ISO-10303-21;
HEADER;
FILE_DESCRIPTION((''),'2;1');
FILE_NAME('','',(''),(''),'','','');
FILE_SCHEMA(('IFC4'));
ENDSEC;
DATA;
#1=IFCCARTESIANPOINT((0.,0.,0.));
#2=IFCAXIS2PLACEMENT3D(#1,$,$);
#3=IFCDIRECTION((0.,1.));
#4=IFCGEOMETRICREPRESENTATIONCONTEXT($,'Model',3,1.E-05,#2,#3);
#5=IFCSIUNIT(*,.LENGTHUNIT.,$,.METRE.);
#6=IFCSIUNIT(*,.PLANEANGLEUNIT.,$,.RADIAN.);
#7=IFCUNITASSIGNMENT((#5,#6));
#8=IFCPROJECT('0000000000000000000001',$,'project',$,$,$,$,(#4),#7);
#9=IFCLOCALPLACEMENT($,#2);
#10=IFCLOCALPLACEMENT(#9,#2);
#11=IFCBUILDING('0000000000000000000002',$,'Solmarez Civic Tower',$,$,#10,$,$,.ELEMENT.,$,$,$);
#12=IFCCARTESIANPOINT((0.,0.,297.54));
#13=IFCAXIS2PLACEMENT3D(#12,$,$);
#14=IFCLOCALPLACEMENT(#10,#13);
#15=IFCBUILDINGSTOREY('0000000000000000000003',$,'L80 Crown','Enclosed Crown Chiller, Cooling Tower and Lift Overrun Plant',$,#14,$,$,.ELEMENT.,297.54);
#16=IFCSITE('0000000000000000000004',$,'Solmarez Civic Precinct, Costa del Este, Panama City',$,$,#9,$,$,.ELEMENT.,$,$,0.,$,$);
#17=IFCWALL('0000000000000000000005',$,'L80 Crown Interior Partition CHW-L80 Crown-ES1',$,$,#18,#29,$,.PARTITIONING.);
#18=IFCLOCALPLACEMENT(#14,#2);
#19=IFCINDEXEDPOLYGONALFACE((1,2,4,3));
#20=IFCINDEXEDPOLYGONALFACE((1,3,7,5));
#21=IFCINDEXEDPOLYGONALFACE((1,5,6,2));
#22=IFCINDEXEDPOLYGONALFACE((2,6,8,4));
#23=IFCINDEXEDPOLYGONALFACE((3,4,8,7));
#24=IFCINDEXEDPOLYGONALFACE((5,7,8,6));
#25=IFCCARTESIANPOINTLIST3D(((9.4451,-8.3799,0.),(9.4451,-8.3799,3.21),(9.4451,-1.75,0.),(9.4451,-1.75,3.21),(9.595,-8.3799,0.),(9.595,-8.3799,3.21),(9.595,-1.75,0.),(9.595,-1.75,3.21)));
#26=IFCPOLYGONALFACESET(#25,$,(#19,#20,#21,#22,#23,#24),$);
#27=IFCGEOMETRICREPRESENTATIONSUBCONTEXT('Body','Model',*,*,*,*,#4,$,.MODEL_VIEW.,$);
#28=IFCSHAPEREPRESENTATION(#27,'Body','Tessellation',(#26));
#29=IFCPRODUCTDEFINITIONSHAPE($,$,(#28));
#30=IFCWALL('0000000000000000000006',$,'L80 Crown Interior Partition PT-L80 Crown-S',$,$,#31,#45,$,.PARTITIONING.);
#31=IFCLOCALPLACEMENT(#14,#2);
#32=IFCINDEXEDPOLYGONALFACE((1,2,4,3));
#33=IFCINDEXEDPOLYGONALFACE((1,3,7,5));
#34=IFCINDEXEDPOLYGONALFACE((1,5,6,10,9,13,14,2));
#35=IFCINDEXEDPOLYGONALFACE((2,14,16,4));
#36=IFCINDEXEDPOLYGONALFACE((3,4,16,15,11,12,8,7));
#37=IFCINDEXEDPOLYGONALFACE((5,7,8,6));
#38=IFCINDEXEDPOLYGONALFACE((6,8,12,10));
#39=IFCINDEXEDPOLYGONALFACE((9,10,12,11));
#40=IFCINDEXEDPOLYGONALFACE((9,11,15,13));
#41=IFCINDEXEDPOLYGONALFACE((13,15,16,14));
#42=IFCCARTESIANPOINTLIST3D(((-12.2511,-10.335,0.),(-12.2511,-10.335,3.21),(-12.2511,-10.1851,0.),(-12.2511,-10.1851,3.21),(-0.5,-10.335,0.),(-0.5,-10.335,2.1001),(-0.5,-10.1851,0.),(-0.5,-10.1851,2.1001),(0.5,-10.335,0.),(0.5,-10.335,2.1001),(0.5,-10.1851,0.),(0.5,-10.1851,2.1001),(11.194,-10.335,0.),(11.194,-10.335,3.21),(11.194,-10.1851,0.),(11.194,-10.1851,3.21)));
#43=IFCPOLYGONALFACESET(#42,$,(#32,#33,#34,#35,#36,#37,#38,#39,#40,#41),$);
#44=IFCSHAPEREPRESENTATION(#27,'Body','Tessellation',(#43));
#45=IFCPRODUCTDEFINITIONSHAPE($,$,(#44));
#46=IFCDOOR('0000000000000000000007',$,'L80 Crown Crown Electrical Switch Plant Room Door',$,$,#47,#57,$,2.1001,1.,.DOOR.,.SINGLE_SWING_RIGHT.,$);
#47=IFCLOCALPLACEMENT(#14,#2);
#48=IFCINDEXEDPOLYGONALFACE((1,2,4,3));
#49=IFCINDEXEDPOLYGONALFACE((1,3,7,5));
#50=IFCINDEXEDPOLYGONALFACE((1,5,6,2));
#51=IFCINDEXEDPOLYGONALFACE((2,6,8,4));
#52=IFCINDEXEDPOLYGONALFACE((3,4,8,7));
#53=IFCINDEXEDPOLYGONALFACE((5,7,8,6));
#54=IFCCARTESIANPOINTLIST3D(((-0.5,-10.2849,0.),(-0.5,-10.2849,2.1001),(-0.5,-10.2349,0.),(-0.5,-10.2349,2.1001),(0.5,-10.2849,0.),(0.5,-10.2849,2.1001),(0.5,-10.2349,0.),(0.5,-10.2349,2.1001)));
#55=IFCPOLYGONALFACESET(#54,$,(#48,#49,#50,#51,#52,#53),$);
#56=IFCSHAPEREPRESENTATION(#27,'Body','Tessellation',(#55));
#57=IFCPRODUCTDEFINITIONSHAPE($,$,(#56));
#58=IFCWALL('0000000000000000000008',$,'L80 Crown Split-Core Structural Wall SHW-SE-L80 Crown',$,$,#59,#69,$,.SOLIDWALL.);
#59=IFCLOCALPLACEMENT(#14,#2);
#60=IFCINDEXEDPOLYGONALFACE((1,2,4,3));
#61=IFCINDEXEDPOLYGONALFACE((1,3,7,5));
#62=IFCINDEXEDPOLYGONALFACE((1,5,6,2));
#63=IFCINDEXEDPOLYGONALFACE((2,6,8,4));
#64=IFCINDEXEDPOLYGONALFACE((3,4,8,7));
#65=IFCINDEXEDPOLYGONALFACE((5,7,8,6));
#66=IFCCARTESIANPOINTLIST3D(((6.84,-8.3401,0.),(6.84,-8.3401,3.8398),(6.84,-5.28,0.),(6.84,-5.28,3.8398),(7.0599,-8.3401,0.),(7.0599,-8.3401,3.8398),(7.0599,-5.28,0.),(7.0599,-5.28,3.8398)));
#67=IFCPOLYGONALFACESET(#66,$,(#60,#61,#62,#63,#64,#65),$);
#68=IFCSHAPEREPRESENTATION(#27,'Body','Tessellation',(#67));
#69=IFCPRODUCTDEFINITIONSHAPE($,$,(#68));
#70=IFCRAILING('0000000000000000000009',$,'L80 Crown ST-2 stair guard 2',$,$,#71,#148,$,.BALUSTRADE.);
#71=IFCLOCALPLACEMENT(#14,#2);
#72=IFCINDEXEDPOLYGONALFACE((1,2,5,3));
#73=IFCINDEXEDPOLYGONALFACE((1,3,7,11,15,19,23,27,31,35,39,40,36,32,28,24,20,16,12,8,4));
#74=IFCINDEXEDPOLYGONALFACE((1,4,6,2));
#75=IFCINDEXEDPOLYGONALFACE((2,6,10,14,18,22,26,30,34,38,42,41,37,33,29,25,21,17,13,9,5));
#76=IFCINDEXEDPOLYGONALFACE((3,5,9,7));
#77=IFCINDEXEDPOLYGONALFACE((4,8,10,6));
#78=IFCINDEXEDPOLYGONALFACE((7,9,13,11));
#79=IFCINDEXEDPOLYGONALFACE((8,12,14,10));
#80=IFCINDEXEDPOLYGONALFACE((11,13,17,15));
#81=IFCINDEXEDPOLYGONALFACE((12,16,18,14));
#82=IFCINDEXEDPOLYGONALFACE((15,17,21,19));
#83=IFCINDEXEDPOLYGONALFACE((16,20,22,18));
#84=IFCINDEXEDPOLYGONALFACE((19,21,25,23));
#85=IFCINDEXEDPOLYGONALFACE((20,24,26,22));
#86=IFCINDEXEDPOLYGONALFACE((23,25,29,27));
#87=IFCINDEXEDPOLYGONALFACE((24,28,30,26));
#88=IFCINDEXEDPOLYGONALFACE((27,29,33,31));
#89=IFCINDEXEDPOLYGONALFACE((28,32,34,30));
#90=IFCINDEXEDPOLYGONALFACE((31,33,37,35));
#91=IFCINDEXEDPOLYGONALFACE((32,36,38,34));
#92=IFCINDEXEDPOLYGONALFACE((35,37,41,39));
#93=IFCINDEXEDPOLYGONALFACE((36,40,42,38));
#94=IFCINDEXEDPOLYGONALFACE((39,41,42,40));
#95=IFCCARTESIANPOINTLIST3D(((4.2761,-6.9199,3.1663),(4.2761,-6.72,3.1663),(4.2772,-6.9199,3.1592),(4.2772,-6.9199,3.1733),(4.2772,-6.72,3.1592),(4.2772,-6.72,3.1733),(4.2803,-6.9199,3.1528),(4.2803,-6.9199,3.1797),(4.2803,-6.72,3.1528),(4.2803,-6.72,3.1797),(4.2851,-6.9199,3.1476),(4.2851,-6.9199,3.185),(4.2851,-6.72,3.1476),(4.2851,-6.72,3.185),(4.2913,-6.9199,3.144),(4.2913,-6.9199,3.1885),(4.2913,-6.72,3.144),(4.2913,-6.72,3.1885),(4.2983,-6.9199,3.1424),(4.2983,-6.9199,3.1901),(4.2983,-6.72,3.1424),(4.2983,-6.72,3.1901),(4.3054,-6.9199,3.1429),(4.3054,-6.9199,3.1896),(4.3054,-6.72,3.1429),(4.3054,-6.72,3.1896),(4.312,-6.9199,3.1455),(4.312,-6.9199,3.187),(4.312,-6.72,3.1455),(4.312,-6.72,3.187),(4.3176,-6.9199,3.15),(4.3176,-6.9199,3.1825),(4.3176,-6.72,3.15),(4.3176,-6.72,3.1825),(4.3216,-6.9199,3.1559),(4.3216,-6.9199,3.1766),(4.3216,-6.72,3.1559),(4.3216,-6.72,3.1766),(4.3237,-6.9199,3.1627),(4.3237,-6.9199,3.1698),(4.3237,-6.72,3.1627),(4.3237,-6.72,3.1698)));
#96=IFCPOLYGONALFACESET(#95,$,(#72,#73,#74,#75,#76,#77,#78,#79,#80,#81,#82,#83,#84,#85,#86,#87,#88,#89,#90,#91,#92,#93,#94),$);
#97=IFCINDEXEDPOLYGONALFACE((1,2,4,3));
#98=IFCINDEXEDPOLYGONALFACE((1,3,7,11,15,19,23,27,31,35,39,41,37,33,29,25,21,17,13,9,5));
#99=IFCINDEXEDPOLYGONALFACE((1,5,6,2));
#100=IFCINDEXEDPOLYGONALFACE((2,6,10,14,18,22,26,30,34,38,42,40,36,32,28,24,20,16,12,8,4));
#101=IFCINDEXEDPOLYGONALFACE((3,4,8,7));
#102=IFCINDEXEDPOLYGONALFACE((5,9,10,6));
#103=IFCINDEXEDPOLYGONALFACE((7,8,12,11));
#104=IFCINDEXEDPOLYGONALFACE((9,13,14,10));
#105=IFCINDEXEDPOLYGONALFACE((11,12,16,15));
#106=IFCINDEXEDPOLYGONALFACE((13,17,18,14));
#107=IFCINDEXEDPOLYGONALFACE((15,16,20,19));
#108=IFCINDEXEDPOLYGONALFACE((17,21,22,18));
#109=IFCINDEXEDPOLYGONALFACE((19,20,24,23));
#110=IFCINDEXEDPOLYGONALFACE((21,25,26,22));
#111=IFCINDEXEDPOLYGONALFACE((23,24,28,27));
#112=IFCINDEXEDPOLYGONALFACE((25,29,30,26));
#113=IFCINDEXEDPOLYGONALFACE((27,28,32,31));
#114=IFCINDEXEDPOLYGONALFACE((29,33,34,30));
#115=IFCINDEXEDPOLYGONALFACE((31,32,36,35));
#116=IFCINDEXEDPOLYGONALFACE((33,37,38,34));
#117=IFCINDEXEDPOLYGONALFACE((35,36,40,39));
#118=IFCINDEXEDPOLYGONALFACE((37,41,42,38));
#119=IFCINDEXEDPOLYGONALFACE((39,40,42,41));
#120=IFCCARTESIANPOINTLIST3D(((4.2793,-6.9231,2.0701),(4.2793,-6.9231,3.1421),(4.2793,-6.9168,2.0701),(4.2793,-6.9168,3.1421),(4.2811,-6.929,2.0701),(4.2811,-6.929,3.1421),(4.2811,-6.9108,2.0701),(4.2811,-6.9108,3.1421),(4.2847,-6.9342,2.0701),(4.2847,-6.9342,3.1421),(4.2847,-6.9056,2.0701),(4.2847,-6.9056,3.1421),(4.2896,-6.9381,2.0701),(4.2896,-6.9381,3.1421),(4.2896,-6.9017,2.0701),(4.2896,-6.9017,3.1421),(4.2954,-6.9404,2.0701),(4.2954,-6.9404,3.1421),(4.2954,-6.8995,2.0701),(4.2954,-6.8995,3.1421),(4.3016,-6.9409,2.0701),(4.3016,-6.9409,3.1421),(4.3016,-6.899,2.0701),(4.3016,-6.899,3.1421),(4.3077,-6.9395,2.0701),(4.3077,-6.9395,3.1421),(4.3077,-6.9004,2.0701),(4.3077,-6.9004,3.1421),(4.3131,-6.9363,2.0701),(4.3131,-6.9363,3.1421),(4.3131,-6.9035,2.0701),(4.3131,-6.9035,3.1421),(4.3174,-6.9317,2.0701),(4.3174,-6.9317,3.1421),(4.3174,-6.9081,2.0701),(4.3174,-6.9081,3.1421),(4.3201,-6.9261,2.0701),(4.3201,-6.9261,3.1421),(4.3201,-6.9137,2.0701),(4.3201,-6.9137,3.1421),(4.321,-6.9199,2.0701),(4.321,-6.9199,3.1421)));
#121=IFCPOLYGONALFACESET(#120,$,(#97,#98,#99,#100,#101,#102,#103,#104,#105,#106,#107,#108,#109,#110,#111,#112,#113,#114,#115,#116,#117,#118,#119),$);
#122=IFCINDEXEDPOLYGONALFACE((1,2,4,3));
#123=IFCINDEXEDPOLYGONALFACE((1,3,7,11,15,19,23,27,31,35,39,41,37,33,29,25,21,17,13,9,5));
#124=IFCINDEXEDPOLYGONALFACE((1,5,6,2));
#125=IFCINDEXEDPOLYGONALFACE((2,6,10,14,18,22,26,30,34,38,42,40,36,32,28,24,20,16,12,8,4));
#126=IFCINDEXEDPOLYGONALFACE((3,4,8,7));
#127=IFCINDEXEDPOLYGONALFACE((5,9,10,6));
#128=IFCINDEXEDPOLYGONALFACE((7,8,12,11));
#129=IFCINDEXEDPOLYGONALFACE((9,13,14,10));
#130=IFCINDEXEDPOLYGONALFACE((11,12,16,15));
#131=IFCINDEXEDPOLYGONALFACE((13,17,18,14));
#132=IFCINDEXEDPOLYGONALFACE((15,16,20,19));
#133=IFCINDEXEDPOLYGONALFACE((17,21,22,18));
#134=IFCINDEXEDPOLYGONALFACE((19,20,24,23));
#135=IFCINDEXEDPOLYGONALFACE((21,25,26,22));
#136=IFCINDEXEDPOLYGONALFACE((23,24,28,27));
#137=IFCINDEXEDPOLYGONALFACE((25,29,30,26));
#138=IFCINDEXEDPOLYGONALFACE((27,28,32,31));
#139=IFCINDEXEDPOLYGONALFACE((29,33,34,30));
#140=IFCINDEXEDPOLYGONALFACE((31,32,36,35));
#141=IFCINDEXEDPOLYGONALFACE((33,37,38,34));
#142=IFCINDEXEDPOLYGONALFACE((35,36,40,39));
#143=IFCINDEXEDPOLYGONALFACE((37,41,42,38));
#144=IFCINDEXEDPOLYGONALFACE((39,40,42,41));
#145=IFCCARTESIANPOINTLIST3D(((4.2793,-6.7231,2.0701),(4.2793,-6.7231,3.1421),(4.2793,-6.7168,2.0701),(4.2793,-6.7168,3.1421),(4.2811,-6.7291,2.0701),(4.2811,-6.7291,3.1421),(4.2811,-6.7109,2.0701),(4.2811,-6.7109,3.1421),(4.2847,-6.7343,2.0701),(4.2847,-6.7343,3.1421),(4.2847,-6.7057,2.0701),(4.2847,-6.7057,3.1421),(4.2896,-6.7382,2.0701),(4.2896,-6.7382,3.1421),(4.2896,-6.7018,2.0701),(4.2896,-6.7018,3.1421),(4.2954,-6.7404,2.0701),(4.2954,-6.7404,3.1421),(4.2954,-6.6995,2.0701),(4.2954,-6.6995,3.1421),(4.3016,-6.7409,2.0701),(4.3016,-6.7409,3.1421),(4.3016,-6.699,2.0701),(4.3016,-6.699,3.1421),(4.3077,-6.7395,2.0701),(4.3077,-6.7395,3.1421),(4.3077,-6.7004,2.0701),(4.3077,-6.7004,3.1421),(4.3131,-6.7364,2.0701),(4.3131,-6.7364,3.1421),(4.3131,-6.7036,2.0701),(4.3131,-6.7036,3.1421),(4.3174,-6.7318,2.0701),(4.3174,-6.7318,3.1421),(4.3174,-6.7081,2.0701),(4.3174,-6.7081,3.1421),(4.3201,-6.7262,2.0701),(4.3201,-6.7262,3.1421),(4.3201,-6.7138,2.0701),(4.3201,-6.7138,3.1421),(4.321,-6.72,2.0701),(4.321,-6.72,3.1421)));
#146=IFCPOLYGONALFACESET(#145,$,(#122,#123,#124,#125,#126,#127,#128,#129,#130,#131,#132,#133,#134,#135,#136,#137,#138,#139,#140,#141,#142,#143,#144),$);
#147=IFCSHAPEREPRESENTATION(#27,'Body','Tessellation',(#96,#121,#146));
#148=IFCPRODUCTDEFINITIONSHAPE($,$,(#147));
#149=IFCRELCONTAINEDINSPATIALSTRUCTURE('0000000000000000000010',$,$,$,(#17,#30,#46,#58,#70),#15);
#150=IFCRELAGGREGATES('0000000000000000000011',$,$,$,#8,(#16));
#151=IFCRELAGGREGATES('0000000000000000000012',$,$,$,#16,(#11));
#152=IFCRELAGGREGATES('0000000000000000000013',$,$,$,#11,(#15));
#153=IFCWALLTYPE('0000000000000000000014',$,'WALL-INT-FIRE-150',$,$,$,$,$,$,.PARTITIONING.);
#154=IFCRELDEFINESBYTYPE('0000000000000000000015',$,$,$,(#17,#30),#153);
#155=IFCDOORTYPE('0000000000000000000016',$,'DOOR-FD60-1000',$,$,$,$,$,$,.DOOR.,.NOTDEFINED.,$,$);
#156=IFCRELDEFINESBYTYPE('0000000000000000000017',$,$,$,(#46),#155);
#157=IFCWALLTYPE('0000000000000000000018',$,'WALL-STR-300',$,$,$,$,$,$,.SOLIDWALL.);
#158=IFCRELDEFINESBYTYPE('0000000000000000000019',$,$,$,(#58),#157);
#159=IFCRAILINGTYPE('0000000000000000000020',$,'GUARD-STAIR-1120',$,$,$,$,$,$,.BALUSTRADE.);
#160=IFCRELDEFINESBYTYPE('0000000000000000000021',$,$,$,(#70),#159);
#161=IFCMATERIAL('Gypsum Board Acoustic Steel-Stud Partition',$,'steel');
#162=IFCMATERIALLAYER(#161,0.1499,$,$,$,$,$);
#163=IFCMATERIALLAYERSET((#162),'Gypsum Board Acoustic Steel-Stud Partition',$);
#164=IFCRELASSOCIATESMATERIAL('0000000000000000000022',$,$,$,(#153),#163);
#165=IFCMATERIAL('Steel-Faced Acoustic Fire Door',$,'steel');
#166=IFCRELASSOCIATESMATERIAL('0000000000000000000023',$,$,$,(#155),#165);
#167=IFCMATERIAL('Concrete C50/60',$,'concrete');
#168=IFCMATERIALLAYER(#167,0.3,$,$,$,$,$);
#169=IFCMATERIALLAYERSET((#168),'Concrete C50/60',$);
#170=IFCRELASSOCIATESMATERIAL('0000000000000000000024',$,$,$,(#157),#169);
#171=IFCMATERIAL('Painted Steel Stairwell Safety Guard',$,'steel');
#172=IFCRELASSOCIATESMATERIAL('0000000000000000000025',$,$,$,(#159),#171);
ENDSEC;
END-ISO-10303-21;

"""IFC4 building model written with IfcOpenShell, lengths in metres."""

from ifc_helpers import new_model, si_unit, direction, frame, frame_2d, origin, origin_2d, place, context, subcontext, project, spatial, rectangle, circle, extrude, material, layer, layer_set, type_object, element, fill, save


model = new_model("IFC4")

# Units and contexts
model_context = context("Model", 3, precision=1e-05, world=origin(), true_north=direction((0.0, 1.0)))
body_context = subcontext(model_context, "Body", "Model", "MODEL_VIEW")
ifc_project = project(units=[si_unit("LENGTHUNIT", "METRE"), si_unit("PLANEANGLEUNIT", "RADIAN")], contexts=[model_context])

# Site, building, storey
site_placement = place(None, origin())
site = spatial("IfcSite", under=ifc_project, at=site_placement, Name="Solmarez Civic Precinct, Costa del Este, Panama City", CompositionType="ELEMENT", RefElevation=0.0)
building_placement = place(site_placement, origin())
building = spatial("IfcBuilding", under=site, at=building_placement, Name="Solmarez Civic Tower", CompositionType="ELEMENT")
storey_placement = place(building_placement, frame((0.0, 0.0, 297.54)))
storey = spatial("IfcBuildingStorey", under=building, at=storey_placement, Name="L80 Crown", Description="Enclosed Crown Chiller, Cooling Tower and Lift Overrun Plant", CompositionType="ELEMENT", Elevation=297.54)

# Wall
ifc_material_1 = material(Name="Concrete C50/60", Category="concrete")
ifc_material_2 = material(Name="Gypsum Board Acoustic Steel-Stud Partition", Category="steel")
ifc_layer_1 = layer(ifc_material_2, 0.1499)
ifc_layer_set_1 = layer_set([ifc_layer_1], Name="Gypsum Board Acoustic Steel-Stud Partition")
wall_type_1 = type_object("IfcWallType", Name="WALL-INT-FIRE-150", PredefinedType="PARTITIONING", material=ifc_layer_set_1)
wall_1_placement = place(storey_placement, frame((9.52, -8.3799, 0.0), z_axis=(0.0, 0.0, 1.0), x_axis=(0.0, 1.0, 0.0)))
element("IfcWall", 1, at=wall_1_placement, inside=storey, type_object=wall_type_1, Name="L80 Crown Interior Partition CHW-L80 Crown-ES1", PredefinedType="PARTITIONING", context=body_context, shape_type="SweptSolid", body=[
    extrude(rectangle(XDim=6.6299, YDim=0.1499, at=frame_2d((3.3149, 0.0))), origin(), (0.0, 0.0, 1.0), 3.21),
])

# Wall, opening, door
wall_2_placement = place(storey_placement, frame((11.1941, -10.26, 0.0), z_axis=(0.0, 0.0, 1.0), x_axis=(-1.0, 0.0, 0.0)))
wall_2 = element("IfcWall", 2, at=wall_2_placement, inside=storey, type_object=wall_type_1, Name="L80 Crown Interior Partition PT-L80 Crown-S", PredefinedType="PARTITIONING", context=body_context, shape_type="SweptSolid", body=[
    extrude(rectangle(XDim=23.4451, YDim=0.1499, at=frame_2d((11.7227, 0.0))), origin(), (0.0, 0.0, 1.0), 3.21),
])
opening_placement = place(wall_2_placement, frame((10.6941, 0.0, 0.0)))
opening = element("IfcOpeningElement", 3, at=opening_placement, cuts=wall_2, PredefinedType="OPENING", context=body_context, shape_type="SweptSolid", body=[
    extrude(rectangle(XDim=1.0, YDim=2.1001, at=frame_2d((0.5, 1.05))), frame((0.0, 0.085, 0.0), z_axis=(0.0, -1.0, 0.0), x_axis=(1.0, 0.0, 0.0)), (0.0, 0.0, 1.0), 0.1699),
])
ifc_material_3 = material(Name="Steel-Faced Acoustic Fire Door", Category="steel")
door_type = type_object("IfcDoorType", Name="DOOR-FD60-1000", OperationType="NOTDEFINED", PredefinedType="DOOR", material=ifc_material_3)
door_placement = place(opening_placement, origin())
door = element("IfcDoor", 4, at=door_placement, inside=storey, type_object=door_type, Name="L80 Crown Crown Electrical Switch Plant Room Door", OperationType="SINGLE_SWING_RIGHT", OverallHeight=2.1001, OverallWidth=1.0, PredefinedType="DOOR", context=body_context, shape_type="SweptSolid", body=[
    extrude(rectangle(XDim=1.0, YDim=2.1001, at=frame_2d((0.5, 1.05))), frame((0.0, 0.0249, 0.0), z_axis=(0.0, -1.0, 0.0), x_axis=(1.0, 0.0, 0.0)), (0.0, 0.0, 1.0), 0.05),
])
fill(opening, door)

# Wall
ifc_layer_2 = layer(ifc_material_1, 0.3)
ifc_layer_set_2 = layer_set([ifc_layer_2], Name="Concrete C50/60")
wall_type_2 = type_object("IfcWallType", Name="WALL-STR-300", PredefinedType="SOLIDWALL", material=ifc_layer_set_2)
wall_3_placement = place(storey_placement, frame((6.95, -8.3401, 0.0), z_axis=(0.0, 0.0, 1.0), x_axis=(0.0, 1.0, 0.0)))
element("IfcWall", 5, at=wall_3_placement, inside=storey, type_object=wall_type_2, Name="L80 Crown Split-Core Structural Wall SHW-SE-L80 Crown", PredefinedType="SOLIDWALL", context=body_context, shape_type="SweptSolid", body=[
    extrude(rectangle(XDim=3.0601, YDim=0.22, at=frame_2d((1.53, 0.0))), origin(), (0.0, 0.0, 1.0), 3.8398),
])

# Railing
ifc_material_4 = material(Name="Painted Steel Stairwell Safety Guard", Category="steel")
railing_type = type_object("IfcRailingType", Name="GUARD-STAIR-1120", PredefinedType="BALUSTRADE", material=ifc_material_4)
railing_1_placement = place(storey_placement, frame((4.3, -6.9199, 2.0701)))
element("IfcRailing", 6, at=railing_1_placement, inside=storey, type_object=railing_type, Name="L80 Crown ST-2 stair guard 2", PredefinedType="BALUSTRADE", context=body_context, shape_type="SweptSolid", body=[
    extrude(circle(Radius=0.0239, at=origin_2d()), frame((0.0, 0.0, 1.0962), z_axis=(0.0, 1.0, 0.0), x_axis=(-1.0, 0.0, 0.0)), (0.0, 0.0, 1.0), 0.2),
    extrude(circle(Radius=0.021, at=origin_2d()), origin(), (0.0, 0.0, 1.0), 1.072),
    extrude(circle(Radius=0.021, at=origin_2d()), frame((0.0, 0.2, 0.0)), (0.0, 0.0, 1.0), 1.072),
])

save(model, "model.ifc")
